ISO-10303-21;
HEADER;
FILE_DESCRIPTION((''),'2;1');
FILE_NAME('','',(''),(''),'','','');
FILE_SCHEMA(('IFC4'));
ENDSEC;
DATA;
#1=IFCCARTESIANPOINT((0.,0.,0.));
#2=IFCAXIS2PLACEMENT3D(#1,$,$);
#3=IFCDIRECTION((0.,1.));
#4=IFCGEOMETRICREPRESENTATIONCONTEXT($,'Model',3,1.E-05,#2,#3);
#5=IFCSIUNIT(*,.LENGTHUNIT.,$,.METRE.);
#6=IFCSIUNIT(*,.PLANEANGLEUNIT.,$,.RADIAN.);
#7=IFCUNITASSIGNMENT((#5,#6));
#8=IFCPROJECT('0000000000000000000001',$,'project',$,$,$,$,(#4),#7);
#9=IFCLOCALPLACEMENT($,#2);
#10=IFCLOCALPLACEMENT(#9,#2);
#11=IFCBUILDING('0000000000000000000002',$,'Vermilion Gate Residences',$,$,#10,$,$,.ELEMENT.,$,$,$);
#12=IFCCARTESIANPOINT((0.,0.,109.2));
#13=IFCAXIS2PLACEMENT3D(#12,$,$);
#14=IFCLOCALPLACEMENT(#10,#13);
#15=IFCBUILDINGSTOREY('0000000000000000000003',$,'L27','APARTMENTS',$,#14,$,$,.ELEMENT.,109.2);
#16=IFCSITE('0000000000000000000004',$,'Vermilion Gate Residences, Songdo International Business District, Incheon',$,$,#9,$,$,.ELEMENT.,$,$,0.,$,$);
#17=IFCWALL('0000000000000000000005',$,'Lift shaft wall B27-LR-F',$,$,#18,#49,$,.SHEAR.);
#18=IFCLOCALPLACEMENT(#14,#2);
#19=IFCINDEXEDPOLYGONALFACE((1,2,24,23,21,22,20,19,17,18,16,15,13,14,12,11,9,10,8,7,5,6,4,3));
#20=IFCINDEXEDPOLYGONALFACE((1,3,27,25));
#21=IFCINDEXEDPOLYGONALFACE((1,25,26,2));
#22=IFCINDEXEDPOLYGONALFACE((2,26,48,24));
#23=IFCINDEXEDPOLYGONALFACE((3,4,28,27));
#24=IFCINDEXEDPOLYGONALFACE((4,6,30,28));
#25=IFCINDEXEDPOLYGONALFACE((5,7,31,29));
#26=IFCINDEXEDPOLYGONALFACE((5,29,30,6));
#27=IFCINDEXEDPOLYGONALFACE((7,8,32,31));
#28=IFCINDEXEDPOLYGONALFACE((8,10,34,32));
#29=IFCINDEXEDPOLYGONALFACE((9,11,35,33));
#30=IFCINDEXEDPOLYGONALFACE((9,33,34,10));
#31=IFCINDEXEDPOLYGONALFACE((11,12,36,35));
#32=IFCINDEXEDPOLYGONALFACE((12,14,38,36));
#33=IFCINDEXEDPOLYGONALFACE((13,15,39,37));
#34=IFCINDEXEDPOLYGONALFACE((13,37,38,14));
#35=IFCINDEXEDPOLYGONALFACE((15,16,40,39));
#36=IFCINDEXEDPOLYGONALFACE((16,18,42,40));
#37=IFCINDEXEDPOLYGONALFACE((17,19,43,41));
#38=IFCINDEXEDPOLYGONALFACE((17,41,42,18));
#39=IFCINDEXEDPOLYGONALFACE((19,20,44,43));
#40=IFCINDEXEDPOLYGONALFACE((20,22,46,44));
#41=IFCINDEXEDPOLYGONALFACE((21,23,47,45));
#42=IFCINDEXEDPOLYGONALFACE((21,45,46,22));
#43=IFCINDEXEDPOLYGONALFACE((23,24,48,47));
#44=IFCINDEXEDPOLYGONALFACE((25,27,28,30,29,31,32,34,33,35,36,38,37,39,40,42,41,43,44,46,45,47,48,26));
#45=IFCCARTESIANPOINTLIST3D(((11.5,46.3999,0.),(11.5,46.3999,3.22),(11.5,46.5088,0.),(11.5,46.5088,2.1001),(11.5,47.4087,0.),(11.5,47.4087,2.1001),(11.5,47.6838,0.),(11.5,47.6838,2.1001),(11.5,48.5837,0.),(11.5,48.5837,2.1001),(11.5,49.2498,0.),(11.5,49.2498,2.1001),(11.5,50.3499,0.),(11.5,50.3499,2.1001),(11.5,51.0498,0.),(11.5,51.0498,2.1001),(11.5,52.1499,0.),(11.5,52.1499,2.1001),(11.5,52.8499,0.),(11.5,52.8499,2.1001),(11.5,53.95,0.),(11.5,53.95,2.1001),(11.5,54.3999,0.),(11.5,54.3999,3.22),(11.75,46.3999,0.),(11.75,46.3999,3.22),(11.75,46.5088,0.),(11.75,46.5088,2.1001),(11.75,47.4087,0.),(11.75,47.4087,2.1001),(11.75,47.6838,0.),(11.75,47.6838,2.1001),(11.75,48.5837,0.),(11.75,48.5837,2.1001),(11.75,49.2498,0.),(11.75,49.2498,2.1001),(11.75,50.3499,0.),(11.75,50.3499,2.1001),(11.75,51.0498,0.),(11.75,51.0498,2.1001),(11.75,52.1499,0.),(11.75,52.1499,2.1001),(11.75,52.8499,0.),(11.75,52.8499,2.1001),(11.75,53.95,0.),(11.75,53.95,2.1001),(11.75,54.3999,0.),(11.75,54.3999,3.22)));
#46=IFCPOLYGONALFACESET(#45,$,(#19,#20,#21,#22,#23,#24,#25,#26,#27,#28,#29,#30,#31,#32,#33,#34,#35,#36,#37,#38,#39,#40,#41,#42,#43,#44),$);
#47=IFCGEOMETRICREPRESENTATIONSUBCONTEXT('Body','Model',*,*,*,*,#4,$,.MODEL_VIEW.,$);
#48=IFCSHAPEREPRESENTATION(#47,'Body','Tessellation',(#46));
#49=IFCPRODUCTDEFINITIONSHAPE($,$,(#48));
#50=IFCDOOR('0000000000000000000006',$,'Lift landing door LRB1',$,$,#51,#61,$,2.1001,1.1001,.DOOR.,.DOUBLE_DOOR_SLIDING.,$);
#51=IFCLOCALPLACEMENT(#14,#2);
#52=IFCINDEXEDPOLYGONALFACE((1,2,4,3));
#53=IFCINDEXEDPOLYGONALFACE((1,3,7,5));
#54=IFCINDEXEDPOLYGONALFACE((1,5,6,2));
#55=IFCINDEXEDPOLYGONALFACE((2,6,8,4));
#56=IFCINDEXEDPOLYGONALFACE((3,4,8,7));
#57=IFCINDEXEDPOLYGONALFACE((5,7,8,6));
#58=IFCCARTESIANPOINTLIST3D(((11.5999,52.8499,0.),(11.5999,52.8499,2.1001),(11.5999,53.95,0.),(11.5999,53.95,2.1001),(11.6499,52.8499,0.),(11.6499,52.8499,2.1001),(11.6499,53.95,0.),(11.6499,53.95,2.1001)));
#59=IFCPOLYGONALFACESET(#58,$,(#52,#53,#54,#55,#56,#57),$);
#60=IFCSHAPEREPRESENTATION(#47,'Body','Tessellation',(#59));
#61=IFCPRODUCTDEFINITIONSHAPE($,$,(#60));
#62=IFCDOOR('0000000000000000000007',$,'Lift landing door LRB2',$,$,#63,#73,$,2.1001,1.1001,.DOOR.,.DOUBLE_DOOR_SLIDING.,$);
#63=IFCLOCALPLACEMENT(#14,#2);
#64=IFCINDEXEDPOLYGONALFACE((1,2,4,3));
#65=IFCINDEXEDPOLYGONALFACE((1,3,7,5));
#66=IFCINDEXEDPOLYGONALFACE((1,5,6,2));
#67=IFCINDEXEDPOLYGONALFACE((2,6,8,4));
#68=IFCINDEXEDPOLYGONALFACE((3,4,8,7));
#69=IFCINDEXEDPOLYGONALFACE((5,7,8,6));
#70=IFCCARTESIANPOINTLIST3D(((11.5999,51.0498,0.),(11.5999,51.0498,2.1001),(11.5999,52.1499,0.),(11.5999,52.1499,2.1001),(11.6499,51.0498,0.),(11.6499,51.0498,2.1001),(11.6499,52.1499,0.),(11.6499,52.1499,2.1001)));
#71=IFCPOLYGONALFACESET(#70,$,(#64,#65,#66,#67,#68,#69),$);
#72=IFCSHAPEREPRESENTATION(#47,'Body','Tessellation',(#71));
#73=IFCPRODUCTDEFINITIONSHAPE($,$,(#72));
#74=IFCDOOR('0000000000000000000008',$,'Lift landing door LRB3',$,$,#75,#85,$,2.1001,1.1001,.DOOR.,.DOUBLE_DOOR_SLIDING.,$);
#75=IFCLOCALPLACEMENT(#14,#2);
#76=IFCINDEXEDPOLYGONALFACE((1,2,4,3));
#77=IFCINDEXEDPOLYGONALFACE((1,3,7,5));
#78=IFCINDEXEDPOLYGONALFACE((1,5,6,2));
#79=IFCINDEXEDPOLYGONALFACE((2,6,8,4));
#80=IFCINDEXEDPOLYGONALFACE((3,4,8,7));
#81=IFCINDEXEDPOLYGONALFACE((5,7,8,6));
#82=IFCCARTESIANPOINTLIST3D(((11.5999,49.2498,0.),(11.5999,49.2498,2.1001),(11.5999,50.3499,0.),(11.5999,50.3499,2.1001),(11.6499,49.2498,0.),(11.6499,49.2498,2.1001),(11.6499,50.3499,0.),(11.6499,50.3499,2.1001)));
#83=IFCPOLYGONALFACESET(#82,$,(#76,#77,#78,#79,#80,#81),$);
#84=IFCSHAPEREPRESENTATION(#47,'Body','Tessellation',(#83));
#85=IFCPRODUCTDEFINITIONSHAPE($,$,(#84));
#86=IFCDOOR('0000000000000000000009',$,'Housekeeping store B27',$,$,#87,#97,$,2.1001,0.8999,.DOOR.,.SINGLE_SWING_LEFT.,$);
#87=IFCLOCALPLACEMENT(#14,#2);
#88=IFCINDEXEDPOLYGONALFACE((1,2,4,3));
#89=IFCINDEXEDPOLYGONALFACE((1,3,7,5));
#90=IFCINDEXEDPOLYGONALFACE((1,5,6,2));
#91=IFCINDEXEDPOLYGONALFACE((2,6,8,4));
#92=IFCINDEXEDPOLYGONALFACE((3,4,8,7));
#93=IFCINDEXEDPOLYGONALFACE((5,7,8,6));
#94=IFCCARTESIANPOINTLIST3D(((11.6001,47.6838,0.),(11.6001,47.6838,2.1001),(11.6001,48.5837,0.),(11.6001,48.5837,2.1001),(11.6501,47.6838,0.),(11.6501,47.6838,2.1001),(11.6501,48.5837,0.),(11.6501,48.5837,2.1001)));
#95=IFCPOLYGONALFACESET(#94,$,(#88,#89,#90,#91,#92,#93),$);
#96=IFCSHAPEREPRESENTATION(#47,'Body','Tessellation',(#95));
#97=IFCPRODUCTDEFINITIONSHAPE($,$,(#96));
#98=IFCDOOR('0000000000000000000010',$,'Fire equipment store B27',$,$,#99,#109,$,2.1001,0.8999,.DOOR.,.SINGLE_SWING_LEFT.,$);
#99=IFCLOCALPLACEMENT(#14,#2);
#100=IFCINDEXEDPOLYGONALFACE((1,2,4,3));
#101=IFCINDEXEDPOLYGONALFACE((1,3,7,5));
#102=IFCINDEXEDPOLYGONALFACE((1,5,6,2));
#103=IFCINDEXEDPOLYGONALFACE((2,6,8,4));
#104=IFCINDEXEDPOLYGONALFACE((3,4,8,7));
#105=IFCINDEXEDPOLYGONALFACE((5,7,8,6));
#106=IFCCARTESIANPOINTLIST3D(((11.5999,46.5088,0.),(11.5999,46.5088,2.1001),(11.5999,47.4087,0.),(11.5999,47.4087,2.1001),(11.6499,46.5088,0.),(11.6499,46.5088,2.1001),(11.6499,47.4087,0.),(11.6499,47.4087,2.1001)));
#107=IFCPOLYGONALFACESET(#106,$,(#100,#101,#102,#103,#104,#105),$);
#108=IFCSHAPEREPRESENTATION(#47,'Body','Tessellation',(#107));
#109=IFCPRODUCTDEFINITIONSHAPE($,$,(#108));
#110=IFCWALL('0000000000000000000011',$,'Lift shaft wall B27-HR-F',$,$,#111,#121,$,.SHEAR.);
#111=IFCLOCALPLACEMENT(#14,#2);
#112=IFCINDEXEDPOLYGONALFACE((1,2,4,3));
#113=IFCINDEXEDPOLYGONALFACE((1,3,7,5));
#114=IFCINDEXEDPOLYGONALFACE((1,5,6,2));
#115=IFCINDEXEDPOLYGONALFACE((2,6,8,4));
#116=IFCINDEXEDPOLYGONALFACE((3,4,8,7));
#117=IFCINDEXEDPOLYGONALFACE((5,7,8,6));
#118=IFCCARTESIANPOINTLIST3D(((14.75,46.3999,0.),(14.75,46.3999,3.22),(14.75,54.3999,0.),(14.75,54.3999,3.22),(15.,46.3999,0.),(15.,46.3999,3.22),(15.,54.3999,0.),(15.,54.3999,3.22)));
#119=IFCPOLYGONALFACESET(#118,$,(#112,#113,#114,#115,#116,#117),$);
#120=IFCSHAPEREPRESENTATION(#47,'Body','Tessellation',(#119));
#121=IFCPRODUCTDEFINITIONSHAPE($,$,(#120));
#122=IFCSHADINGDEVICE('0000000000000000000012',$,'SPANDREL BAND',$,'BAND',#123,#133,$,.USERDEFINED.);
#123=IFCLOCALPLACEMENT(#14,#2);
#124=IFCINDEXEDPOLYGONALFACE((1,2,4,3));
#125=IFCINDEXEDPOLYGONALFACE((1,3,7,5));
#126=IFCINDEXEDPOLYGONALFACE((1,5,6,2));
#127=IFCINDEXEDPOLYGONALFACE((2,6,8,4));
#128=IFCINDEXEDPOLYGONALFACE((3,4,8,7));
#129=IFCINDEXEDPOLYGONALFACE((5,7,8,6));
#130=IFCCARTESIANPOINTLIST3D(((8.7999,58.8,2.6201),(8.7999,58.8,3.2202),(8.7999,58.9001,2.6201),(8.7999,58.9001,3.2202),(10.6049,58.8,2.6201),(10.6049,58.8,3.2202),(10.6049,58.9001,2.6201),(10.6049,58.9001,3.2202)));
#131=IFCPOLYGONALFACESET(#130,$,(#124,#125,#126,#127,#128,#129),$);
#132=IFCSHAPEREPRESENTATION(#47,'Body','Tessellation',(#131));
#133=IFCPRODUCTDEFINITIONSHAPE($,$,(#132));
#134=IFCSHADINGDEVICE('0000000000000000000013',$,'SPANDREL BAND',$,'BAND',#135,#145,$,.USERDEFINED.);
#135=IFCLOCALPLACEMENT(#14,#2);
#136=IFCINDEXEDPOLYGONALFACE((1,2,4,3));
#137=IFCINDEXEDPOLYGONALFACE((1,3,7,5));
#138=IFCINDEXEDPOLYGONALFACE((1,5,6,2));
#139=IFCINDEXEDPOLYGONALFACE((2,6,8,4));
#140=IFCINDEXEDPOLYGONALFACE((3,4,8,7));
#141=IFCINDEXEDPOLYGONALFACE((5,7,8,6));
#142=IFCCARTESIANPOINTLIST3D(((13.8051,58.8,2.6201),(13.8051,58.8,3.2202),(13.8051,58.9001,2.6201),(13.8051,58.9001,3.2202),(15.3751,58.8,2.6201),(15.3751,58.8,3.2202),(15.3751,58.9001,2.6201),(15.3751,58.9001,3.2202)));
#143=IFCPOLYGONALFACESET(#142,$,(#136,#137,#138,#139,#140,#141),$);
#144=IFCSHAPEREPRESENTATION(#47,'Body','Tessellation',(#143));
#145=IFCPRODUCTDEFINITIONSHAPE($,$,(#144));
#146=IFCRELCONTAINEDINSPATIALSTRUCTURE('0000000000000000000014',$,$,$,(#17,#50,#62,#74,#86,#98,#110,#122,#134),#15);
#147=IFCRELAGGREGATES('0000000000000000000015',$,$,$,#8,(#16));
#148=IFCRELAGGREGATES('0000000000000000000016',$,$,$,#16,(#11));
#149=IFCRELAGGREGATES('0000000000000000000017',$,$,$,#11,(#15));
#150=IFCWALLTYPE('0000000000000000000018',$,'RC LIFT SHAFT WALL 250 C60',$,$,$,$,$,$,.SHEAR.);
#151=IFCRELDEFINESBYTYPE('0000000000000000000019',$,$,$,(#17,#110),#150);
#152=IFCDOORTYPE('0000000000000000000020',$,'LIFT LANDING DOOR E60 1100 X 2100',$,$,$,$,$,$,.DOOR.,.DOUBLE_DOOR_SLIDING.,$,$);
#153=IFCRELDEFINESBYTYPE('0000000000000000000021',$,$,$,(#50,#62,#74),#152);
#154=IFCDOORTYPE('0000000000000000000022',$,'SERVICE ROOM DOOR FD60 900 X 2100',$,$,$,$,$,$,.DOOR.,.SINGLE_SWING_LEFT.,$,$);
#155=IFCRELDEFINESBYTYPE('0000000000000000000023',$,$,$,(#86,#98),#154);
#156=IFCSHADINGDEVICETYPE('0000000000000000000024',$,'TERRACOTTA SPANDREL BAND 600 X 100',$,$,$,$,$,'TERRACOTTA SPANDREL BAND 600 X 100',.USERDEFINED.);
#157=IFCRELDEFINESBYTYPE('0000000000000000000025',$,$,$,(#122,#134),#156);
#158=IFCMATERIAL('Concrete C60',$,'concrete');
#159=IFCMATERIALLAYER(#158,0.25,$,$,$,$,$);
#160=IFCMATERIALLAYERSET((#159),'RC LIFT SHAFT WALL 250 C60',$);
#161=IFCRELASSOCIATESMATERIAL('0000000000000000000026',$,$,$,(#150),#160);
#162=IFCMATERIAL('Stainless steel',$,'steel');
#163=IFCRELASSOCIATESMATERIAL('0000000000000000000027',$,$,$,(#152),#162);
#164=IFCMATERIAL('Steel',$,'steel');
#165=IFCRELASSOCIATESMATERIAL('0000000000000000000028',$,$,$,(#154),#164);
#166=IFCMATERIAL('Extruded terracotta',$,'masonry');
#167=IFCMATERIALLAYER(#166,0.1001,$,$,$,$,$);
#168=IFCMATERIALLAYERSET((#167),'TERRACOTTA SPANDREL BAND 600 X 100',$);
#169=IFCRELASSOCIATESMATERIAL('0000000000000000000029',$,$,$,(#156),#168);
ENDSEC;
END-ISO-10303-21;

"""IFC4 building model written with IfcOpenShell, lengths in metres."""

from ifc_helpers import new_model, si_unit, direction, frame, frame_2d, origin, origin_2d, place, context, subcontext, project, spatial, rectangle, extrude, material, layer, layer_set, type_object, element, fill, save


model = new_model("IFC4")

# Units and contexts
model_context = context("Model", 3, precision=1e-05, world=origin(), true_north=direction((0.0, 1.0)))
body_context = subcontext(model_context, "Body", "Model", "MODEL_VIEW")
ifc_project = project(units=[si_unit("LENGTHUNIT", "METRE"), si_unit("PLANEANGLEUNIT", "RADIAN")], contexts=[model_context])

# Site, building, storey
site_placement = place(None, origin())
site = spatial("IfcSite", under=ifc_project, at=site_placement, Name="Vermilion Gate Residences, Songdo International Business District, Incheon", CompositionType="ELEMENT", RefElevation=0.0)
building_placement = place(site_placement, origin())
building = spatial("IfcBuilding", under=site, at=building_placement, Name="Vermilion Gate Residences", CompositionType="ELEMENT")
storey_placement = place(building_placement, frame((0.0, 0.0, 109.2)))
storey = spatial("IfcBuildingStorey", under=building, at=storey_placement, Name="L27", Description="APARTMENTS", CompositionType="ELEMENT", Elevation=109.2)

# Wall, openings, doors
ifc_material_1 = material(Name="Concrete C60", Category="concrete")
ifc_layer_1 = layer(ifc_material_1, 0.25)
ifc_layer_set_1 = layer_set([ifc_layer_1], Name="RC LIFT SHAFT WALL 250 C60")
wall_type_1 = type_object("IfcWallType", Name="RC LIFT SHAFT WALL 250 C60", PredefinedType="SHEAR", material=ifc_layer_set_1)
wall_1_placement = place(storey_placement, frame((11.625, 54.3999, 0.0), z_axis=(0.0, 0.0, 1.0), x_axis=(0.0, -1.0, 0.0)))
wall_1 = element("IfcWall", 1, at=wall_1_placement, inside=storey, type_object=wall_type_1, Name="Lift shaft wall B27-LR-F", PredefinedType="SHEAR", context=body_context, shape_type="SweptSolid", body=[
    extrude(rectangle(XDim=8.0, YDim=0.25, at=frame_2d((4.0, 0.0))), origin(), (0.0, 0.0, 1.0), 3.22),
])
opening_1_placement = place(wall_1_placement, frame((0.45, 0.0, 0.0)))
opening_1 = element("IfcOpeningElement", 2, at=opening_1_placement, cuts=wall_1, PredefinedType="OPENING", context=body_context, shape_type="SweptSolid", body=[
    extrude(rectangle(XDim=1.1001, YDim=2.1001, at=frame_2d((0.55, 1.05))), frame((0.0, 0.135, 0.0), z_axis=(0.0, -1.0, 0.0), x_axis=(1.0, 0.0, 0.0)), (0.0, 0.0, 1.0), 0.27),
])
opening_2_placement = place(wall_1_placement, frame((2.25, 0.0, 0.0)))
opening_2 = element("IfcOpeningElement", 3, at=opening_2_placement, cuts=wall_1, PredefinedType="OPENING", context=body_context, shape_type="SweptSolid", body=[
    extrude(rectangle(XDim=1.1001, YDim=2.1001, at=frame_2d((0.55, 1.05))), frame((0.0, 0.135, 0.0), z_axis=(0.0, -1.0, 0.0), x_axis=(1.0, 0.0, 0.0)), (0.0, 0.0, 1.0), 0.27),
])
opening_3_placement = place(wall_1_placement, frame((4.05, 0.0, 0.0)))
opening_3 = element("IfcOpeningElement", 4, at=opening_3_placement, cuts=wall_1, PredefinedType="OPENING", context=body_context, shape_type="SweptSolid", body=[
    extrude(rectangle(XDim=1.1001, YDim=2.1001, at=frame_2d((0.55, 1.05))), frame((0.0, 0.135, 0.0), z_axis=(0.0, -1.0, 0.0), x_axis=(1.0, 0.0, 0.0)), (0.0, 0.0, 1.0), 0.27),
])
opening_4_placement = place(wall_1_placement, frame((5.8162, 0.0, 0.0)))
opening_4 = element("IfcOpeningElement", 5, at=opening_4_placement, cuts=wall_1, PredefinedType="OPENING", context=body_context, shape_type="SweptSolid", body=[
    extrude(rectangle(XDim=0.8999, YDim=2.1001, at=frame_2d((0.45, 1.05))), frame((0.0, 0.135, 0.0), z_axis=(0.0, -1.0, 0.0), x_axis=(1.0, 0.0, 0.0)), (0.0, 0.0, 1.0), 0.27),
])
opening_5_placement = place(wall_1_placement, frame((6.9912, 0.0, 0.0)))
opening_5 = element("IfcOpeningElement", 6, at=opening_5_placement, cuts=wall_1, PredefinedType="OPENING", context=body_context, shape_type="SweptSolid", body=[
    extrude(rectangle(XDim=0.8999, YDim=2.1001, at=frame_2d((0.45, 1.05))), frame((0.0, 0.135, 0.0), z_axis=(0.0, -1.0, 0.0), x_axis=(1.0, 0.0, 0.0)), (0.0, 0.0, 1.0), 0.27),
])
ifc_material_2 = material(Name="Stainless steel", Category="steel")
door_type_1 = type_object("IfcDoorType", Name="LIFT LANDING DOOR E60 1100 X 2100", OperationType="DOUBLE_DOOR_SLIDING", PredefinedType="DOOR", material=ifc_material_2)
door_1_placement = place(opening_1_placement, origin())
door_1 = element("IfcDoor", 7, at=door_1_placement, inside=storey, type_object=door_type_1, Name="Lift landing door LRB1", OperationType="DOUBLE_DOOR_SLIDING", OverallHeight=2.1001, OverallWidth=1.1001, PredefinedType="DOOR", context=body_context, shape_type="SweptSolid", body=[
    extrude(rectangle(XDim=1.1001, YDim=2.1001, at=frame_2d((0.55, 1.05))), frame((0.0, 0.0249, 0.0), z_axis=(0.0, -1.0, 0.0), x_axis=(1.0, 0.0, 0.0)), (0.0, 0.0, 1.0), 0.05),
])
fill(opening_1, door_1)
door_2_placement = place(opening_2_placement, origin())
door_2 = element("IfcDoor", 8, at=door_2_placement, inside=storey, type_object=door_type_1, Name="Lift landing door LRB2", OperationType="DOUBLE_DOOR_SLIDING", OverallHeight=2.1001, OverallWidth=1.1001, PredefinedType="DOOR", context=body_context, shape_type="SweptSolid", body=[
    extrude(rectangle(XDim=1.1001, YDim=2.1001, at=frame_2d((0.55, 1.05))), frame((0.0, 0.0249, 0.0), z_axis=(0.0, -1.0, 0.0), x_axis=(1.0, 0.0, 0.0)), (0.0, 0.0, 1.0), 0.05),
])
fill(opening_2, door_2)
door_3_placement = place(opening_3_placement, origin())
door_3 = element("IfcDoor", 9, at=door_3_placement, inside=storey, type_object=door_type_1, Name="Lift landing door LRB3", OperationType="DOUBLE_DOOR_SLIDING", OverallHeight=2.1001, OverallWidth=1.1001, PredefinedType="DOOR", context=body_context, shape_type="SweptSolid", body=[
    extrude(rectangle(XDim=1.1001, YDim=2.1001, at=frame_2d((0.55, 1.05))), frame((0.0, 0.0249, 0.0), z_axis=(0.0, -1.0, 0.0), x_axis=(1.0, 0.0, 0.0)), (0.0, 0.0, 1.0), 0.05),
])
fill(opening_3, door_3)
ifc_material_3 = material(Name="Steel", Category="steel")
door_type_2 = type_object("IfcDoorType", Name="SERVICE ROOM DOOR FD60 900 X 2100", OperationType="SINGLE_SWING_LEFT", PredefinedType="DOOR", material=ifc_material_3)
door_4_placement = place(opening_4_placement, frame((0.8999, 0.0, 0.0), z_axis=(0.0, 0.0, 1.0), x_axis=(-1.0, 0.0, 0.0)))
door_4 = element("IfcDoor", 10, at=door_4_placement, inside=storey, type_object=door_type_2, Name="Housekeeping store B27", OperationType="SINGLE_SWING_LEFT", OverallHeight=2.1001, OverallWidth=0.8999, PredefinedType="DOOR", context=body_context, shape_type="SweptSolid", body=[
    extrude(rectangle(XDim=0.8999, YDim=2.1001, at=frame_2d((0.45, 1.05))), frame((0.0, 0.0249, 0.0), z_axis=(0.0, -1.0, 0.0), x_axis=(1.0, 0.0, 0.0)), (0.0, 0.0, 1.0), 0.05),
])
fill(opening_4, door_4)
door_5_placement = place(opening_5_placement, origin())
door_5 = element("IfcDoor", 11, at=door_5_placement, inside=storey, type_object=door_type_2, Name="Fire equipment store B27", OperationType="SINGLE_SWING_LEFT", OverallHeight=2.1001, OverallWidth=0.8999, PredefinedType="DOOR", context=body_context, shape_type="SweptSolid", body=[
    extrude(rectangle(XDim=0.8999, YDim=2.1001, at=frame_2d((0.45, 1.05))), frame((0.0, 0.0249, 0.0), z_axis=(0.0, -1.0, 0.0), x_axis=(1.0, 0.0, 0.0)), (0.0, 0.0, 1.0), 0.05),
])
fill(opening_5, door_5)

# Wall
wall_2_placement = place(storey_placement, frame((14.875, 54.3999, 0.0), z_axis=(0.0, 0.0, 1.0), x_axis=(0.0, -1.0, 0.0)))
element("IfcWall", 12, at=wall_2_placement, inside=storey, type_object=wall_type_1, Name="Lift shaft wall B27-HR-F", PredefinedType="SHEAR", context=body_context, shape_type="SweptSolid", body=[
    extrude(rectangle(XDim=8.0, YDim=0.25, at=frame_2d((4.0, 0.0))), origin(), (0.0, 0.0, 1.0), 3.22),
])

# Shading devices
ifc_material_4 = material(Name="Extruded terracotta", Category="masonry")
ifc_layer_2 = layer(ifc_material_4, 0.1001)
ifc_layer_set_2 = layer_set([ifc_layer_2], Name="TERRACOTTA SPANDREL BAND 600 X 100")
shading_device_type = type_object("IfcShadingDeviceType", Name="TERRACOTTA SPANDREL BAND 600 X 100", ElementType="TERRACOTTA SPANDREL BAND 600 X 100", PredefinedType="USERDEFINED", material=ifc_layer_set_2)
shading_device_1_placement = place(storey_placement, frame((9.7024, 58.8501, 2.6201), z_axis=(0.0, 0.0, 1.0), x_axis=(1.0, 0.0, 0.0)))
element("IfcShadingDevice", 13, at=shading_device_1_placement, inside=storey, type_object=shading_device_type, Name="SPANDREL BAND", ObjectType="BAND", PredefinedType="USERDEFINED", context=body_context, shape_type="SweptSolid", body=[
    extrude(rectangle(XDim=1.8049, YDim=0.1001, at=origin_2d()), origin(), (0.0, 0.0, 1.0), 0.6001),
])
shading_device_2_placement = place(storey_placement, frame((14.5901, 58.8501, 2.6201), z_axis=(0.0, 0.0, 1.0), x_axis=(1.0, 0.0, 0.0)))
element("IfcShadingDevice", 14, at=shading_device_2_placement, inside=storey, type_object=shading_device_type, Name="SPANDREL BAND", ObjectType="BAND", PredefinedType="USERDEFINED", context=body_context, shape_type="SweptSolid", body=[
    extrude(rectangle(XDim=1.5701, YDim=0.1001, at=origin_2d()), origin(), (0.0, 0.0, 1.0), 0.6001),
])

save(model, "model.ifc")
